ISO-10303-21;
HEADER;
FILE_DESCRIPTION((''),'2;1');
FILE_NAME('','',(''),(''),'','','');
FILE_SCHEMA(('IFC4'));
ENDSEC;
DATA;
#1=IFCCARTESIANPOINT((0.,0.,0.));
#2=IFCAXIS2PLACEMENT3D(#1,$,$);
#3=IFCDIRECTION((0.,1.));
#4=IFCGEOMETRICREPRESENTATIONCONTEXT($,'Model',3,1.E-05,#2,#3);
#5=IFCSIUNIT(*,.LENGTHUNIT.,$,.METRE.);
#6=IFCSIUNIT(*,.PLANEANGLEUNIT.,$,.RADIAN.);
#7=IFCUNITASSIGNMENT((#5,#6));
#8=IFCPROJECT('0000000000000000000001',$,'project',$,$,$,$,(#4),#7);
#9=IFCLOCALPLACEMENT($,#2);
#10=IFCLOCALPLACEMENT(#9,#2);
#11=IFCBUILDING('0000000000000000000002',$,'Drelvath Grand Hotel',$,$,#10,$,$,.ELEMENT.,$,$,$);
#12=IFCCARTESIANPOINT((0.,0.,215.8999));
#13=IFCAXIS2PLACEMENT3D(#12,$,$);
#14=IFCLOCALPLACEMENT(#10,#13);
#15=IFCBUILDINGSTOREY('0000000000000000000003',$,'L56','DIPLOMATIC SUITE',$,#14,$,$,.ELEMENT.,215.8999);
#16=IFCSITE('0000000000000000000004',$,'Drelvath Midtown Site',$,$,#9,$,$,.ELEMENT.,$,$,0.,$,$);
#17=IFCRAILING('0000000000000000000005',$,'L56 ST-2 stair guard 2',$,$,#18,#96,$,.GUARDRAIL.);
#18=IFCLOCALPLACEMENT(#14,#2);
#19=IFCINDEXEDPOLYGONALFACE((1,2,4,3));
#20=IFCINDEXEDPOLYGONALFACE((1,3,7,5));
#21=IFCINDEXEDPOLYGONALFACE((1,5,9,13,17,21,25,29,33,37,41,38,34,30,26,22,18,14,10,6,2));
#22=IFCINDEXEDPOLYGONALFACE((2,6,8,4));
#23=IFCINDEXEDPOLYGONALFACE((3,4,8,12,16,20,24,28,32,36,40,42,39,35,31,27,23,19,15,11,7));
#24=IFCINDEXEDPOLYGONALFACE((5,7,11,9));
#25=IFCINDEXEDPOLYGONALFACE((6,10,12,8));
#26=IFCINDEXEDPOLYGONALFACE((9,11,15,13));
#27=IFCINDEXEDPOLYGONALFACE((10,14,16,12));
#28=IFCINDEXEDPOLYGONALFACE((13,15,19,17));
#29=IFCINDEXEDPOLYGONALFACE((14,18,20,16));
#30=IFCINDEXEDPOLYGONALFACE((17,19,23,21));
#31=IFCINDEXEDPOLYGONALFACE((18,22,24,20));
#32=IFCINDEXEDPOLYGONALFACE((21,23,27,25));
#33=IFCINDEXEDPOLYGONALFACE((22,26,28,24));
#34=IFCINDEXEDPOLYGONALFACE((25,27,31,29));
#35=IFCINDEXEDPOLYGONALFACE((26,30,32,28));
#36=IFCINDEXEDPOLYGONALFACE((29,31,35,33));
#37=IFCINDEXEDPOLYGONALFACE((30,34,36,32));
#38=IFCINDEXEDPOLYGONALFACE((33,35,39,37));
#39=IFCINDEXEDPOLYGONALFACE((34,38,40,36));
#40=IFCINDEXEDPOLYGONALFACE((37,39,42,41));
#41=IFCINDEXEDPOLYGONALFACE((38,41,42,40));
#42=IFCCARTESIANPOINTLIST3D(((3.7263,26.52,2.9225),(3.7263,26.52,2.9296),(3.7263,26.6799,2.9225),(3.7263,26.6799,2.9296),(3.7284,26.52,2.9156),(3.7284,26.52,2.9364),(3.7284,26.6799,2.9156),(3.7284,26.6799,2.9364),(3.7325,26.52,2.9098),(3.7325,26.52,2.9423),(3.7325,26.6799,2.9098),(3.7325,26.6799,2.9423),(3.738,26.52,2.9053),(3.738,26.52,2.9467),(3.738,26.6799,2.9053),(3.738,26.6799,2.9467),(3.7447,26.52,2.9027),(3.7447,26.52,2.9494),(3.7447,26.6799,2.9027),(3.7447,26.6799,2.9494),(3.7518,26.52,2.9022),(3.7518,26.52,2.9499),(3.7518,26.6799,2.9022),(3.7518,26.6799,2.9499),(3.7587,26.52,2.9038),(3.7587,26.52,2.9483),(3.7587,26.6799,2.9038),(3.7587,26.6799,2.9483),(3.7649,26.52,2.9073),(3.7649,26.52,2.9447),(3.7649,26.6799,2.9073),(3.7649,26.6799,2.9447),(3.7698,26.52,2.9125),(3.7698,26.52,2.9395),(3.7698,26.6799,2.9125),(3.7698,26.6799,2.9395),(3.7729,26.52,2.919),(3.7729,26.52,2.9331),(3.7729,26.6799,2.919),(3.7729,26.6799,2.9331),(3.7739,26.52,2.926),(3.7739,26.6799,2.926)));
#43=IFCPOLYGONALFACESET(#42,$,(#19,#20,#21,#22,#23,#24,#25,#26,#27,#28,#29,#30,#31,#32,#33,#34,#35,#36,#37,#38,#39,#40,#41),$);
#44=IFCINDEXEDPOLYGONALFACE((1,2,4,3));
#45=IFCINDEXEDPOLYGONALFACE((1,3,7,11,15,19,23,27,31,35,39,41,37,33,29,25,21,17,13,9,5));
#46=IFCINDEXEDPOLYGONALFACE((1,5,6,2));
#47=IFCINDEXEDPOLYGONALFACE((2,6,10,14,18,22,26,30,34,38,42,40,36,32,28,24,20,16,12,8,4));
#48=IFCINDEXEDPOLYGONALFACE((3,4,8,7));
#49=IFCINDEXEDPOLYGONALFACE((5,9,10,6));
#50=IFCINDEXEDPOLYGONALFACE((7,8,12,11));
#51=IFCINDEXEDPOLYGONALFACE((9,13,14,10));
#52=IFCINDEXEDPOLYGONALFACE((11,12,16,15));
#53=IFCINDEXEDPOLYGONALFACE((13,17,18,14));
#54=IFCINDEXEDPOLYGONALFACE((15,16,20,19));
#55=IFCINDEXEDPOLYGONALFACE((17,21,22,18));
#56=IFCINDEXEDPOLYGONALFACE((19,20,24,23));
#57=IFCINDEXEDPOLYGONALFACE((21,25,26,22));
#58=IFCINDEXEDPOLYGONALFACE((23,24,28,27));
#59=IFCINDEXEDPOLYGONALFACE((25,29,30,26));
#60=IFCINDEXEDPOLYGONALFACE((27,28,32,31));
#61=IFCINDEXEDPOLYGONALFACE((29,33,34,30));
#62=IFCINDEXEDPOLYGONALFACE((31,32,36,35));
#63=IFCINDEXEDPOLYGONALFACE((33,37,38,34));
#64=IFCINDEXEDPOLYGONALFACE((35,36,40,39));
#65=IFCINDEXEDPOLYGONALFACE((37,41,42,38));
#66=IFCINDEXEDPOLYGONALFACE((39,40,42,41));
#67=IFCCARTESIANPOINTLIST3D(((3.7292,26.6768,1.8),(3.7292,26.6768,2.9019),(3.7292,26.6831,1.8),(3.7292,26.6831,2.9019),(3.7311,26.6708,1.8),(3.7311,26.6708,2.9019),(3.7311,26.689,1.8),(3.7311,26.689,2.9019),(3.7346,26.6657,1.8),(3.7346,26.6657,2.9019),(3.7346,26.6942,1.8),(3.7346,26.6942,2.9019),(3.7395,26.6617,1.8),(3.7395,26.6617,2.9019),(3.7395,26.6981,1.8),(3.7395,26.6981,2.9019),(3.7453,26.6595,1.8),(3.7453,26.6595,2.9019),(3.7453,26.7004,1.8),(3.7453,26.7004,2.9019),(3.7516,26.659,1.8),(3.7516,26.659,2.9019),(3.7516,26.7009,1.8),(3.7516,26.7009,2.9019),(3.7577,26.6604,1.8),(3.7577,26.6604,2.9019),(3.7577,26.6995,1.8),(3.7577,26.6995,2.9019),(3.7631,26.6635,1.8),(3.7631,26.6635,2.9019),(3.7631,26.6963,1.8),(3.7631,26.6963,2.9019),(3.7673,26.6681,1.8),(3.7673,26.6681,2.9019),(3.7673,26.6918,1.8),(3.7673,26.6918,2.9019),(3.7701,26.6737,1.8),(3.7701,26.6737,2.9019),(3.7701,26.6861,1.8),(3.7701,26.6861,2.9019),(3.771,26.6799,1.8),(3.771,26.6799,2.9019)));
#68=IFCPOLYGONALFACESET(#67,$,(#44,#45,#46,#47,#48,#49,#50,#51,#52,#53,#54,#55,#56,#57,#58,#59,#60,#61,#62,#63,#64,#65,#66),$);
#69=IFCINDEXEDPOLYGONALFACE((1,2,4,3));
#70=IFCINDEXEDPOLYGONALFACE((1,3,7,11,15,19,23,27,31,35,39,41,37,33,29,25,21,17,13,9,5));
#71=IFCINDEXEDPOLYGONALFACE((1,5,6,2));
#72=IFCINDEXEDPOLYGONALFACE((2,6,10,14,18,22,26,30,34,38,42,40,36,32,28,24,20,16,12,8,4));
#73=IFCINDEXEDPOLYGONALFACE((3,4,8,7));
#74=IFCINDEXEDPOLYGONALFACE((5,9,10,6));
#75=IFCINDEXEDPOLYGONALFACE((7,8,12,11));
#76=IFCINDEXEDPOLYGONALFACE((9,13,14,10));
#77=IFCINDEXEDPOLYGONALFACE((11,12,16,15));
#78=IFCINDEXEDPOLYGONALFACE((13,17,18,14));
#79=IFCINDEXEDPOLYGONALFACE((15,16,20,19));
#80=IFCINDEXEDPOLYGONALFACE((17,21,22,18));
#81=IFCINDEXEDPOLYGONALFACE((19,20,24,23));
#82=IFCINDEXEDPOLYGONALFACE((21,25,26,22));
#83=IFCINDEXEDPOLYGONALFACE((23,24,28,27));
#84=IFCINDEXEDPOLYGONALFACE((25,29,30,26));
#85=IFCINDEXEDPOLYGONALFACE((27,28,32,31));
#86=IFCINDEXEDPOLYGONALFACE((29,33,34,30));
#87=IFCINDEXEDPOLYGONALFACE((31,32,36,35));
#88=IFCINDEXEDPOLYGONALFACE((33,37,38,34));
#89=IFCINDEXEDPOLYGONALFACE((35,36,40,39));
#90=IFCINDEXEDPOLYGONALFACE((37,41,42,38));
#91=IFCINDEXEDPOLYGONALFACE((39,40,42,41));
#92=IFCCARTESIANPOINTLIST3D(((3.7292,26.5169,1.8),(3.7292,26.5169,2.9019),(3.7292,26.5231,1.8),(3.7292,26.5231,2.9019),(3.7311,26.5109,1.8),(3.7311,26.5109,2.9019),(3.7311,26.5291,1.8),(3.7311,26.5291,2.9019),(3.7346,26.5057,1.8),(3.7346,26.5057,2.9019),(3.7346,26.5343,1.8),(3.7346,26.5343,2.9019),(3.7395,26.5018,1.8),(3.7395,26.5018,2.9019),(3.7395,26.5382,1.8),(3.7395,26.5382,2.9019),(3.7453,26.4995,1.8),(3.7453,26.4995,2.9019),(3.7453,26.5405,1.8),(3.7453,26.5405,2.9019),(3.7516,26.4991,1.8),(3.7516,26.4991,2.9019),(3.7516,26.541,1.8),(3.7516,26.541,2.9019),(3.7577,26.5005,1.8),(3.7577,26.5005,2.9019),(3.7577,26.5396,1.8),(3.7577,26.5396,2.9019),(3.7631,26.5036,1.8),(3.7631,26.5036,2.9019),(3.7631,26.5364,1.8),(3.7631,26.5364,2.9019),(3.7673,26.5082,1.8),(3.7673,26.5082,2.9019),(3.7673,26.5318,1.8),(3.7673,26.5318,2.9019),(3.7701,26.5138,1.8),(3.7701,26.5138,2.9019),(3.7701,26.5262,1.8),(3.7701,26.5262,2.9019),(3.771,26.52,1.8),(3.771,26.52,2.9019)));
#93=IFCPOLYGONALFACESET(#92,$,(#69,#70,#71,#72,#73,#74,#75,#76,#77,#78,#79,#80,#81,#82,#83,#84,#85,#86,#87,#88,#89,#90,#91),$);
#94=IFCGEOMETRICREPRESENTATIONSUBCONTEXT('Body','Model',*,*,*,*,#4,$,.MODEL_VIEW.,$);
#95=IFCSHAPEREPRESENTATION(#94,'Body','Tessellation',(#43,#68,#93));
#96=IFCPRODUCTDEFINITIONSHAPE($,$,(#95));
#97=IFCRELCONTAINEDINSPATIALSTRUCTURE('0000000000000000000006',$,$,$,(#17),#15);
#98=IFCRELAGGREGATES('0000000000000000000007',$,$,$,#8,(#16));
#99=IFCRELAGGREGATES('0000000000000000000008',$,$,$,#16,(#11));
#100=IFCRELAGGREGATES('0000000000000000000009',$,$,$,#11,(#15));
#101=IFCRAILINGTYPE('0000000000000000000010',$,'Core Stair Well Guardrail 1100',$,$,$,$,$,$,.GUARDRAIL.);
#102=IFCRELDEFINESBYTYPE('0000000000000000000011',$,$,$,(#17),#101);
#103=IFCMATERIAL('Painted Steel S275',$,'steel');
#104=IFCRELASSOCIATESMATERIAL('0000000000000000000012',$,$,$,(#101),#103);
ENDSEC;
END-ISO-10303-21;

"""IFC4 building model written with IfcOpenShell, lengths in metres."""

from ifc_helpers import new_model, si_unit, direction, frame, origin, origin_2d, place, context, subcontext, project, spatial, circle, extrude, material, type_object, element, save


model = new_model("IFC4")

# Units and contexts
model_context = context("Model", 3, precision=1e-05, world=origin(), true_north=direction((0.0, 1.0)))
body_context = subcontext(model_context, "Body", "Model", "MODEL_VIEW")
ifc_project = project(units=[si_unit("LENGTHUNIT", "METRE"), si_unit("PLANEANGLEUNIT", "RADIAN")], contexts=[model_context])

# Site, building, storey
site_placement = place(None, origin())
site = spatial("IfcSite", under=ifc_project, at=site_placement, Name="Drelvath Midtown Site", CompositionType="ELEMENT", RefElevation=0.0)
building_placement = place(site_placement, origin())
building = spatial("IfcBuilding", under=site, at=building_placement, Name="Drelvath Grand Hotel", CompositionType="ELEMENT")
storey_placement = place(building_placement, frame((0.0, 0.0, 215.8999)))
storey = spatial("IfcBuildingStorey", under=building, at=storey_placement, Name="L56", Description="DIPLOMATIC SUITE", CompositionType="ELEMENT", Elevation=215.8999)

# Railing
ifc_material_1 = material(Name="Painted Steel S275", Category="steel")
railing_type_1 = type_object("IfcRailingType", Name="Core Stair Well Guardrail 1100", PredefinedType="GUARDRAIL", material=ifc_material_1)
railing_1_placement = place(storey_placement, frame((3.75, 26.6799, 1.8)))
element("IfcRailing", 1, at=railing_1_placement, inside=storey, type_object=railing_type_1, Name="L56 ST-2 stair guard 2", PredefinedType="GUARDRAIL", context=body_context, shape_type="SweptSolid", body=[
    extrude(circle(Radius=0.0239, at=origin_2d()), frame((0.0, 0.0, 1.126), z_axis=(0.0, -1.0, 0.0), x_axis=(1.0, 0.0, 0.0)), (0.0, 0.0, 1.0), 0.1599),
    extrude(circle(Radius=0.021, at=origin_2d()), origin(), (0.0, 0.0, 1.0), 1.1018),
    extrude(circle(Radius=0.021, at=origin_2d()), frame((0.0, -0.1599, 0.0)), (0.0, 0.0, 1.0), 1.1018),
])

save(model, "model.ifc")
